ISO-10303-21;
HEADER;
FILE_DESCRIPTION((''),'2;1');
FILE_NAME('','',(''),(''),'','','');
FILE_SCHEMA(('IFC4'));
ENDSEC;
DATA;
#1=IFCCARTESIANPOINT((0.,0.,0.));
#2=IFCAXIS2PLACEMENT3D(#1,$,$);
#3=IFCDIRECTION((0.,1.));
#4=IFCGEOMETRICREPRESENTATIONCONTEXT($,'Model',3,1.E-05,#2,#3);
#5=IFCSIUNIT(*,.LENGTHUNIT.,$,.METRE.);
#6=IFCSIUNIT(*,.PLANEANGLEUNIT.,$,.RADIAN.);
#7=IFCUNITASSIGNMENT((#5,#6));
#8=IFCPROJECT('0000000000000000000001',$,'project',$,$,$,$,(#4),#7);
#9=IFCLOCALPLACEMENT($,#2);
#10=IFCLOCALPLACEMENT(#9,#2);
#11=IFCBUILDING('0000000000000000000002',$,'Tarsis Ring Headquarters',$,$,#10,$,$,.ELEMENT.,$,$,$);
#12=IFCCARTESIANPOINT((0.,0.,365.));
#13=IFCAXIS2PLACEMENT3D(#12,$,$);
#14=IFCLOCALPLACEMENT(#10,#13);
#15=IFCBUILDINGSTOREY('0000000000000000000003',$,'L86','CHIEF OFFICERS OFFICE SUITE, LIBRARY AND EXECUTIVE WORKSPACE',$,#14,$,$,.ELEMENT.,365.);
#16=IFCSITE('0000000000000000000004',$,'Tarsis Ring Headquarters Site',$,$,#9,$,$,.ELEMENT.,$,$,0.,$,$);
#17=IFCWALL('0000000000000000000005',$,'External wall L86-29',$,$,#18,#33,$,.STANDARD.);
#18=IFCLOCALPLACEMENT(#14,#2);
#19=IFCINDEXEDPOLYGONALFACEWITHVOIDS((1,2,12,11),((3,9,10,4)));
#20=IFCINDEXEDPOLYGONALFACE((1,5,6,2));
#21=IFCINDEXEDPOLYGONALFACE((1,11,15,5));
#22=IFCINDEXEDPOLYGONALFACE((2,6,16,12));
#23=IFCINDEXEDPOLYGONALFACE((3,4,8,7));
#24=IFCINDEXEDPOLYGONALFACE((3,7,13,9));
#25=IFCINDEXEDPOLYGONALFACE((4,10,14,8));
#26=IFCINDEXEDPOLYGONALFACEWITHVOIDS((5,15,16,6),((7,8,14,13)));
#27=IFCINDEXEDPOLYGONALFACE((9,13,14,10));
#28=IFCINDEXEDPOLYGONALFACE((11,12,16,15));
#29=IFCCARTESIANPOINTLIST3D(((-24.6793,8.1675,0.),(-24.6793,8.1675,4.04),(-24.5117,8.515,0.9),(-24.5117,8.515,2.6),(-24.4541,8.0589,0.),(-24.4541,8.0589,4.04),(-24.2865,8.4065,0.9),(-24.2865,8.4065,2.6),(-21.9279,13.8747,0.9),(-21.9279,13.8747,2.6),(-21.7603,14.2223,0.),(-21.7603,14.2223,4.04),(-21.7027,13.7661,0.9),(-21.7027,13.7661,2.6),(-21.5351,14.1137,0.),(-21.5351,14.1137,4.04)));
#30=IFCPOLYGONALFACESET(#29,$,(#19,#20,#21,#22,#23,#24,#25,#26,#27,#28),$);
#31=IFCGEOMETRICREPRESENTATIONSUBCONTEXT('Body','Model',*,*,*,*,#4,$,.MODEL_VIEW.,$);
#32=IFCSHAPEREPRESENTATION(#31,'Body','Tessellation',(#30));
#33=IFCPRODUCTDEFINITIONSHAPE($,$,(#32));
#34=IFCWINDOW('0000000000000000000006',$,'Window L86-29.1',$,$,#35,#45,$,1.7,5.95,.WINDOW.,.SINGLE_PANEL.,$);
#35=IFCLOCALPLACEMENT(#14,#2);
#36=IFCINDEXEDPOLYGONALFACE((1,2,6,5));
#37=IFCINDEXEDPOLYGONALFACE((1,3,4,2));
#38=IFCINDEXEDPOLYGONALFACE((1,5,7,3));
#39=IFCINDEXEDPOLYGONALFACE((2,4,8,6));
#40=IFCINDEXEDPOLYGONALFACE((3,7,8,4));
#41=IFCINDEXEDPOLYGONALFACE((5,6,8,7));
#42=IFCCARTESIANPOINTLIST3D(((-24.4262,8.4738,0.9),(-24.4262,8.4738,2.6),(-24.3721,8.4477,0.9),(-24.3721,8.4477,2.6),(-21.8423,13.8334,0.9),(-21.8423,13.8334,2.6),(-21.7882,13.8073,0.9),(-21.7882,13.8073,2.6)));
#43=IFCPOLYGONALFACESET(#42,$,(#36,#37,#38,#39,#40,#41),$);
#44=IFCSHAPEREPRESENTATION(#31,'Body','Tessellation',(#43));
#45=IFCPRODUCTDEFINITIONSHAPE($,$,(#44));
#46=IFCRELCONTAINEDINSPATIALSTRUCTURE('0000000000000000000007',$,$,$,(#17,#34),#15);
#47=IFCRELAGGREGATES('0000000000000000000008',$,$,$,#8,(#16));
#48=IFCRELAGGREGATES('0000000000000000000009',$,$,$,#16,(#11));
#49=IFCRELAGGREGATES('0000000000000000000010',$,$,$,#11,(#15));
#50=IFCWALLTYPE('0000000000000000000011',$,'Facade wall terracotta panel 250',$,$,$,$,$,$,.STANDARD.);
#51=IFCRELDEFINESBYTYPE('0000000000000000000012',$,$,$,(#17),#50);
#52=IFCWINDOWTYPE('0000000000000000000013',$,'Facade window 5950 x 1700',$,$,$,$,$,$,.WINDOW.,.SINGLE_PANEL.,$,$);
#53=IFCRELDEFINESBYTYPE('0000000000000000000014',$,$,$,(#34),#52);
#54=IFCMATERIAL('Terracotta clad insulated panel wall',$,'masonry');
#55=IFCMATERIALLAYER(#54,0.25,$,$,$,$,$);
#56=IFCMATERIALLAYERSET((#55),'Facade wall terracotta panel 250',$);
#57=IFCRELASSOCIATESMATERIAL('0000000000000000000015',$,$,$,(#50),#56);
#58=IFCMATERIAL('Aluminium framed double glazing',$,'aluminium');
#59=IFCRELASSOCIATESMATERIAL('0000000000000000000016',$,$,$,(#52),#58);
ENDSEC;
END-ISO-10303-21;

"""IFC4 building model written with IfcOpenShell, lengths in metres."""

from ifc_helpers import new_model, si_unit, direction, frame, frame_2d, origin, place, context, subcontext, project, spatial, rectangle, extrude, material, layer, layer_set, type_object, element, fill, save


model = new_model("IFC4")

# Units and contexts
model_context = context("Model", 3, precision=1e-05, world=origin(), true_north=direction((0.0, 1.0)))
body_context = subcontext(model_context, "Body", "Model", "MODEL_VIEW")
ifc_project = project(units=[si_unit("LENGTHUNIT", "METRE"), si_unit("PLANEANGLEUNIT", "RADIAN")], contexts=[model_context])

# Site, building, storey
site_placement = place(None, origin())
site = spatial("IfcSite", under=ifc_project, at=site_placement, Name="Tarsis Ring Headquarters Site", CompositionType="ELEMENT", RefElevation=0.0)
building_placement = place(site_placement, origin())
building = spatial("IfcBuilding", under=site, at=building_placement, Name="Tarsis Ring Headquarters", CompositionType="ELEMENT")
storey_placement = place(building_placement, frame((0.0, 0.0, 365.0)))
storey = spatial("IfcBuildingStorey", under=building, at=storey_placement, Name="L86", Description="CHIEF OFFICERS OFFICE SUITE, LIBRARY AND EXECUTIVE WORKSPACE", CompositionType="ELEMENT", Elevation=365.0)

# Wall, opening, window
ifc_material_1 = material(Name="Terracotta clad insulated panel wall", Category="masonry")
ifc_layer_1 = layer(ifc_material_1, 0.25)
ifc_layer_set_1 = layer_set([ifc_layer_1], Name="Facade wall terracotta panel 250")
wall_type_1 = type_object("IfcWallType", Name="Facade wall terracotta panel 250", PredefinedType="STANDARD", material=ifc_layer_set_1)
ifc_material_2 = material(Name="Aluminium framed double glazing", Category="aluminium")
window_type = type_object("IfcWindowType", Name="Facade window 5950 x 1700", PartitioningType="SINGLE_PANEL", PredefinedType="WINDOW", material=ifc_material_2)
wall_1_placement = place(storey_placement, frame((-21.6477, 14.168, 0.0), z_axis=(0.0, 0.0, 1.0), x_axis=(-0.434266, -0.900785, 0.0)))
wall_1 = element("IfcWall", 1, at=wall_1_placement, inside=storey, type_object=wall_type_1, Name="External wall L86-29", PredefinedType="STANDARD", context=body_context, shape_type="SweptSolid", body=[
    extrude(rectangle(XDim=6.7217, YDim=0.25, at=frame_2d((3.3608, 0.0))), origin(), (0.0, 0.0, 1.0), 4.04),
])
opening_1_placement = place(wall_1_placement, frame((0.3857, 0.0, 0.8999)))
opening_1 = element("IfcOpeningElement", 2, at=opening_1_placement, cuts=wall_1, PredefinedType="OPENING", context=body_context, shape_type="SweptSolid", body=[
    extrude(rectangle(XDim=5.95, YDim=1.7, at=frame_2d((2.9751, 0.8501))), frame((0.0, 0.135, 0.0), z_axis=(0.0, -1.0, 0.0), x_axis=(1.0, 0.0, 0.0)), (0.0, 0.0, 1.0), 0.27),
])
window_1_placement = place(opening_1_placement, origin())
window_1 = element("IfcWindow", 3, at=window_1_placement, inside=storey, type_object=window_type, Name="Window L86-29.1", OverallHeight=1.7, OverallWidth=5.95, PartitioningType="SINGLE_PANEL", PredefinedType="WINDOW", context=body_context, shape_type="SweptSolid", body=[
    extrude(rectangle(XDim=5.95, YDim=1.7, at=frame_2d((2.9751, 0.8501))), frame((0.0, 0.03, 0.0), z_axis=(0.0, -1.0, 0.0), x_axis=(1.0, 0.0, 0.0)), (0.0, 0.0, 1.0), 0.0601),
])
fill(opening_1, window_1)

save(model, "model.ifc")
